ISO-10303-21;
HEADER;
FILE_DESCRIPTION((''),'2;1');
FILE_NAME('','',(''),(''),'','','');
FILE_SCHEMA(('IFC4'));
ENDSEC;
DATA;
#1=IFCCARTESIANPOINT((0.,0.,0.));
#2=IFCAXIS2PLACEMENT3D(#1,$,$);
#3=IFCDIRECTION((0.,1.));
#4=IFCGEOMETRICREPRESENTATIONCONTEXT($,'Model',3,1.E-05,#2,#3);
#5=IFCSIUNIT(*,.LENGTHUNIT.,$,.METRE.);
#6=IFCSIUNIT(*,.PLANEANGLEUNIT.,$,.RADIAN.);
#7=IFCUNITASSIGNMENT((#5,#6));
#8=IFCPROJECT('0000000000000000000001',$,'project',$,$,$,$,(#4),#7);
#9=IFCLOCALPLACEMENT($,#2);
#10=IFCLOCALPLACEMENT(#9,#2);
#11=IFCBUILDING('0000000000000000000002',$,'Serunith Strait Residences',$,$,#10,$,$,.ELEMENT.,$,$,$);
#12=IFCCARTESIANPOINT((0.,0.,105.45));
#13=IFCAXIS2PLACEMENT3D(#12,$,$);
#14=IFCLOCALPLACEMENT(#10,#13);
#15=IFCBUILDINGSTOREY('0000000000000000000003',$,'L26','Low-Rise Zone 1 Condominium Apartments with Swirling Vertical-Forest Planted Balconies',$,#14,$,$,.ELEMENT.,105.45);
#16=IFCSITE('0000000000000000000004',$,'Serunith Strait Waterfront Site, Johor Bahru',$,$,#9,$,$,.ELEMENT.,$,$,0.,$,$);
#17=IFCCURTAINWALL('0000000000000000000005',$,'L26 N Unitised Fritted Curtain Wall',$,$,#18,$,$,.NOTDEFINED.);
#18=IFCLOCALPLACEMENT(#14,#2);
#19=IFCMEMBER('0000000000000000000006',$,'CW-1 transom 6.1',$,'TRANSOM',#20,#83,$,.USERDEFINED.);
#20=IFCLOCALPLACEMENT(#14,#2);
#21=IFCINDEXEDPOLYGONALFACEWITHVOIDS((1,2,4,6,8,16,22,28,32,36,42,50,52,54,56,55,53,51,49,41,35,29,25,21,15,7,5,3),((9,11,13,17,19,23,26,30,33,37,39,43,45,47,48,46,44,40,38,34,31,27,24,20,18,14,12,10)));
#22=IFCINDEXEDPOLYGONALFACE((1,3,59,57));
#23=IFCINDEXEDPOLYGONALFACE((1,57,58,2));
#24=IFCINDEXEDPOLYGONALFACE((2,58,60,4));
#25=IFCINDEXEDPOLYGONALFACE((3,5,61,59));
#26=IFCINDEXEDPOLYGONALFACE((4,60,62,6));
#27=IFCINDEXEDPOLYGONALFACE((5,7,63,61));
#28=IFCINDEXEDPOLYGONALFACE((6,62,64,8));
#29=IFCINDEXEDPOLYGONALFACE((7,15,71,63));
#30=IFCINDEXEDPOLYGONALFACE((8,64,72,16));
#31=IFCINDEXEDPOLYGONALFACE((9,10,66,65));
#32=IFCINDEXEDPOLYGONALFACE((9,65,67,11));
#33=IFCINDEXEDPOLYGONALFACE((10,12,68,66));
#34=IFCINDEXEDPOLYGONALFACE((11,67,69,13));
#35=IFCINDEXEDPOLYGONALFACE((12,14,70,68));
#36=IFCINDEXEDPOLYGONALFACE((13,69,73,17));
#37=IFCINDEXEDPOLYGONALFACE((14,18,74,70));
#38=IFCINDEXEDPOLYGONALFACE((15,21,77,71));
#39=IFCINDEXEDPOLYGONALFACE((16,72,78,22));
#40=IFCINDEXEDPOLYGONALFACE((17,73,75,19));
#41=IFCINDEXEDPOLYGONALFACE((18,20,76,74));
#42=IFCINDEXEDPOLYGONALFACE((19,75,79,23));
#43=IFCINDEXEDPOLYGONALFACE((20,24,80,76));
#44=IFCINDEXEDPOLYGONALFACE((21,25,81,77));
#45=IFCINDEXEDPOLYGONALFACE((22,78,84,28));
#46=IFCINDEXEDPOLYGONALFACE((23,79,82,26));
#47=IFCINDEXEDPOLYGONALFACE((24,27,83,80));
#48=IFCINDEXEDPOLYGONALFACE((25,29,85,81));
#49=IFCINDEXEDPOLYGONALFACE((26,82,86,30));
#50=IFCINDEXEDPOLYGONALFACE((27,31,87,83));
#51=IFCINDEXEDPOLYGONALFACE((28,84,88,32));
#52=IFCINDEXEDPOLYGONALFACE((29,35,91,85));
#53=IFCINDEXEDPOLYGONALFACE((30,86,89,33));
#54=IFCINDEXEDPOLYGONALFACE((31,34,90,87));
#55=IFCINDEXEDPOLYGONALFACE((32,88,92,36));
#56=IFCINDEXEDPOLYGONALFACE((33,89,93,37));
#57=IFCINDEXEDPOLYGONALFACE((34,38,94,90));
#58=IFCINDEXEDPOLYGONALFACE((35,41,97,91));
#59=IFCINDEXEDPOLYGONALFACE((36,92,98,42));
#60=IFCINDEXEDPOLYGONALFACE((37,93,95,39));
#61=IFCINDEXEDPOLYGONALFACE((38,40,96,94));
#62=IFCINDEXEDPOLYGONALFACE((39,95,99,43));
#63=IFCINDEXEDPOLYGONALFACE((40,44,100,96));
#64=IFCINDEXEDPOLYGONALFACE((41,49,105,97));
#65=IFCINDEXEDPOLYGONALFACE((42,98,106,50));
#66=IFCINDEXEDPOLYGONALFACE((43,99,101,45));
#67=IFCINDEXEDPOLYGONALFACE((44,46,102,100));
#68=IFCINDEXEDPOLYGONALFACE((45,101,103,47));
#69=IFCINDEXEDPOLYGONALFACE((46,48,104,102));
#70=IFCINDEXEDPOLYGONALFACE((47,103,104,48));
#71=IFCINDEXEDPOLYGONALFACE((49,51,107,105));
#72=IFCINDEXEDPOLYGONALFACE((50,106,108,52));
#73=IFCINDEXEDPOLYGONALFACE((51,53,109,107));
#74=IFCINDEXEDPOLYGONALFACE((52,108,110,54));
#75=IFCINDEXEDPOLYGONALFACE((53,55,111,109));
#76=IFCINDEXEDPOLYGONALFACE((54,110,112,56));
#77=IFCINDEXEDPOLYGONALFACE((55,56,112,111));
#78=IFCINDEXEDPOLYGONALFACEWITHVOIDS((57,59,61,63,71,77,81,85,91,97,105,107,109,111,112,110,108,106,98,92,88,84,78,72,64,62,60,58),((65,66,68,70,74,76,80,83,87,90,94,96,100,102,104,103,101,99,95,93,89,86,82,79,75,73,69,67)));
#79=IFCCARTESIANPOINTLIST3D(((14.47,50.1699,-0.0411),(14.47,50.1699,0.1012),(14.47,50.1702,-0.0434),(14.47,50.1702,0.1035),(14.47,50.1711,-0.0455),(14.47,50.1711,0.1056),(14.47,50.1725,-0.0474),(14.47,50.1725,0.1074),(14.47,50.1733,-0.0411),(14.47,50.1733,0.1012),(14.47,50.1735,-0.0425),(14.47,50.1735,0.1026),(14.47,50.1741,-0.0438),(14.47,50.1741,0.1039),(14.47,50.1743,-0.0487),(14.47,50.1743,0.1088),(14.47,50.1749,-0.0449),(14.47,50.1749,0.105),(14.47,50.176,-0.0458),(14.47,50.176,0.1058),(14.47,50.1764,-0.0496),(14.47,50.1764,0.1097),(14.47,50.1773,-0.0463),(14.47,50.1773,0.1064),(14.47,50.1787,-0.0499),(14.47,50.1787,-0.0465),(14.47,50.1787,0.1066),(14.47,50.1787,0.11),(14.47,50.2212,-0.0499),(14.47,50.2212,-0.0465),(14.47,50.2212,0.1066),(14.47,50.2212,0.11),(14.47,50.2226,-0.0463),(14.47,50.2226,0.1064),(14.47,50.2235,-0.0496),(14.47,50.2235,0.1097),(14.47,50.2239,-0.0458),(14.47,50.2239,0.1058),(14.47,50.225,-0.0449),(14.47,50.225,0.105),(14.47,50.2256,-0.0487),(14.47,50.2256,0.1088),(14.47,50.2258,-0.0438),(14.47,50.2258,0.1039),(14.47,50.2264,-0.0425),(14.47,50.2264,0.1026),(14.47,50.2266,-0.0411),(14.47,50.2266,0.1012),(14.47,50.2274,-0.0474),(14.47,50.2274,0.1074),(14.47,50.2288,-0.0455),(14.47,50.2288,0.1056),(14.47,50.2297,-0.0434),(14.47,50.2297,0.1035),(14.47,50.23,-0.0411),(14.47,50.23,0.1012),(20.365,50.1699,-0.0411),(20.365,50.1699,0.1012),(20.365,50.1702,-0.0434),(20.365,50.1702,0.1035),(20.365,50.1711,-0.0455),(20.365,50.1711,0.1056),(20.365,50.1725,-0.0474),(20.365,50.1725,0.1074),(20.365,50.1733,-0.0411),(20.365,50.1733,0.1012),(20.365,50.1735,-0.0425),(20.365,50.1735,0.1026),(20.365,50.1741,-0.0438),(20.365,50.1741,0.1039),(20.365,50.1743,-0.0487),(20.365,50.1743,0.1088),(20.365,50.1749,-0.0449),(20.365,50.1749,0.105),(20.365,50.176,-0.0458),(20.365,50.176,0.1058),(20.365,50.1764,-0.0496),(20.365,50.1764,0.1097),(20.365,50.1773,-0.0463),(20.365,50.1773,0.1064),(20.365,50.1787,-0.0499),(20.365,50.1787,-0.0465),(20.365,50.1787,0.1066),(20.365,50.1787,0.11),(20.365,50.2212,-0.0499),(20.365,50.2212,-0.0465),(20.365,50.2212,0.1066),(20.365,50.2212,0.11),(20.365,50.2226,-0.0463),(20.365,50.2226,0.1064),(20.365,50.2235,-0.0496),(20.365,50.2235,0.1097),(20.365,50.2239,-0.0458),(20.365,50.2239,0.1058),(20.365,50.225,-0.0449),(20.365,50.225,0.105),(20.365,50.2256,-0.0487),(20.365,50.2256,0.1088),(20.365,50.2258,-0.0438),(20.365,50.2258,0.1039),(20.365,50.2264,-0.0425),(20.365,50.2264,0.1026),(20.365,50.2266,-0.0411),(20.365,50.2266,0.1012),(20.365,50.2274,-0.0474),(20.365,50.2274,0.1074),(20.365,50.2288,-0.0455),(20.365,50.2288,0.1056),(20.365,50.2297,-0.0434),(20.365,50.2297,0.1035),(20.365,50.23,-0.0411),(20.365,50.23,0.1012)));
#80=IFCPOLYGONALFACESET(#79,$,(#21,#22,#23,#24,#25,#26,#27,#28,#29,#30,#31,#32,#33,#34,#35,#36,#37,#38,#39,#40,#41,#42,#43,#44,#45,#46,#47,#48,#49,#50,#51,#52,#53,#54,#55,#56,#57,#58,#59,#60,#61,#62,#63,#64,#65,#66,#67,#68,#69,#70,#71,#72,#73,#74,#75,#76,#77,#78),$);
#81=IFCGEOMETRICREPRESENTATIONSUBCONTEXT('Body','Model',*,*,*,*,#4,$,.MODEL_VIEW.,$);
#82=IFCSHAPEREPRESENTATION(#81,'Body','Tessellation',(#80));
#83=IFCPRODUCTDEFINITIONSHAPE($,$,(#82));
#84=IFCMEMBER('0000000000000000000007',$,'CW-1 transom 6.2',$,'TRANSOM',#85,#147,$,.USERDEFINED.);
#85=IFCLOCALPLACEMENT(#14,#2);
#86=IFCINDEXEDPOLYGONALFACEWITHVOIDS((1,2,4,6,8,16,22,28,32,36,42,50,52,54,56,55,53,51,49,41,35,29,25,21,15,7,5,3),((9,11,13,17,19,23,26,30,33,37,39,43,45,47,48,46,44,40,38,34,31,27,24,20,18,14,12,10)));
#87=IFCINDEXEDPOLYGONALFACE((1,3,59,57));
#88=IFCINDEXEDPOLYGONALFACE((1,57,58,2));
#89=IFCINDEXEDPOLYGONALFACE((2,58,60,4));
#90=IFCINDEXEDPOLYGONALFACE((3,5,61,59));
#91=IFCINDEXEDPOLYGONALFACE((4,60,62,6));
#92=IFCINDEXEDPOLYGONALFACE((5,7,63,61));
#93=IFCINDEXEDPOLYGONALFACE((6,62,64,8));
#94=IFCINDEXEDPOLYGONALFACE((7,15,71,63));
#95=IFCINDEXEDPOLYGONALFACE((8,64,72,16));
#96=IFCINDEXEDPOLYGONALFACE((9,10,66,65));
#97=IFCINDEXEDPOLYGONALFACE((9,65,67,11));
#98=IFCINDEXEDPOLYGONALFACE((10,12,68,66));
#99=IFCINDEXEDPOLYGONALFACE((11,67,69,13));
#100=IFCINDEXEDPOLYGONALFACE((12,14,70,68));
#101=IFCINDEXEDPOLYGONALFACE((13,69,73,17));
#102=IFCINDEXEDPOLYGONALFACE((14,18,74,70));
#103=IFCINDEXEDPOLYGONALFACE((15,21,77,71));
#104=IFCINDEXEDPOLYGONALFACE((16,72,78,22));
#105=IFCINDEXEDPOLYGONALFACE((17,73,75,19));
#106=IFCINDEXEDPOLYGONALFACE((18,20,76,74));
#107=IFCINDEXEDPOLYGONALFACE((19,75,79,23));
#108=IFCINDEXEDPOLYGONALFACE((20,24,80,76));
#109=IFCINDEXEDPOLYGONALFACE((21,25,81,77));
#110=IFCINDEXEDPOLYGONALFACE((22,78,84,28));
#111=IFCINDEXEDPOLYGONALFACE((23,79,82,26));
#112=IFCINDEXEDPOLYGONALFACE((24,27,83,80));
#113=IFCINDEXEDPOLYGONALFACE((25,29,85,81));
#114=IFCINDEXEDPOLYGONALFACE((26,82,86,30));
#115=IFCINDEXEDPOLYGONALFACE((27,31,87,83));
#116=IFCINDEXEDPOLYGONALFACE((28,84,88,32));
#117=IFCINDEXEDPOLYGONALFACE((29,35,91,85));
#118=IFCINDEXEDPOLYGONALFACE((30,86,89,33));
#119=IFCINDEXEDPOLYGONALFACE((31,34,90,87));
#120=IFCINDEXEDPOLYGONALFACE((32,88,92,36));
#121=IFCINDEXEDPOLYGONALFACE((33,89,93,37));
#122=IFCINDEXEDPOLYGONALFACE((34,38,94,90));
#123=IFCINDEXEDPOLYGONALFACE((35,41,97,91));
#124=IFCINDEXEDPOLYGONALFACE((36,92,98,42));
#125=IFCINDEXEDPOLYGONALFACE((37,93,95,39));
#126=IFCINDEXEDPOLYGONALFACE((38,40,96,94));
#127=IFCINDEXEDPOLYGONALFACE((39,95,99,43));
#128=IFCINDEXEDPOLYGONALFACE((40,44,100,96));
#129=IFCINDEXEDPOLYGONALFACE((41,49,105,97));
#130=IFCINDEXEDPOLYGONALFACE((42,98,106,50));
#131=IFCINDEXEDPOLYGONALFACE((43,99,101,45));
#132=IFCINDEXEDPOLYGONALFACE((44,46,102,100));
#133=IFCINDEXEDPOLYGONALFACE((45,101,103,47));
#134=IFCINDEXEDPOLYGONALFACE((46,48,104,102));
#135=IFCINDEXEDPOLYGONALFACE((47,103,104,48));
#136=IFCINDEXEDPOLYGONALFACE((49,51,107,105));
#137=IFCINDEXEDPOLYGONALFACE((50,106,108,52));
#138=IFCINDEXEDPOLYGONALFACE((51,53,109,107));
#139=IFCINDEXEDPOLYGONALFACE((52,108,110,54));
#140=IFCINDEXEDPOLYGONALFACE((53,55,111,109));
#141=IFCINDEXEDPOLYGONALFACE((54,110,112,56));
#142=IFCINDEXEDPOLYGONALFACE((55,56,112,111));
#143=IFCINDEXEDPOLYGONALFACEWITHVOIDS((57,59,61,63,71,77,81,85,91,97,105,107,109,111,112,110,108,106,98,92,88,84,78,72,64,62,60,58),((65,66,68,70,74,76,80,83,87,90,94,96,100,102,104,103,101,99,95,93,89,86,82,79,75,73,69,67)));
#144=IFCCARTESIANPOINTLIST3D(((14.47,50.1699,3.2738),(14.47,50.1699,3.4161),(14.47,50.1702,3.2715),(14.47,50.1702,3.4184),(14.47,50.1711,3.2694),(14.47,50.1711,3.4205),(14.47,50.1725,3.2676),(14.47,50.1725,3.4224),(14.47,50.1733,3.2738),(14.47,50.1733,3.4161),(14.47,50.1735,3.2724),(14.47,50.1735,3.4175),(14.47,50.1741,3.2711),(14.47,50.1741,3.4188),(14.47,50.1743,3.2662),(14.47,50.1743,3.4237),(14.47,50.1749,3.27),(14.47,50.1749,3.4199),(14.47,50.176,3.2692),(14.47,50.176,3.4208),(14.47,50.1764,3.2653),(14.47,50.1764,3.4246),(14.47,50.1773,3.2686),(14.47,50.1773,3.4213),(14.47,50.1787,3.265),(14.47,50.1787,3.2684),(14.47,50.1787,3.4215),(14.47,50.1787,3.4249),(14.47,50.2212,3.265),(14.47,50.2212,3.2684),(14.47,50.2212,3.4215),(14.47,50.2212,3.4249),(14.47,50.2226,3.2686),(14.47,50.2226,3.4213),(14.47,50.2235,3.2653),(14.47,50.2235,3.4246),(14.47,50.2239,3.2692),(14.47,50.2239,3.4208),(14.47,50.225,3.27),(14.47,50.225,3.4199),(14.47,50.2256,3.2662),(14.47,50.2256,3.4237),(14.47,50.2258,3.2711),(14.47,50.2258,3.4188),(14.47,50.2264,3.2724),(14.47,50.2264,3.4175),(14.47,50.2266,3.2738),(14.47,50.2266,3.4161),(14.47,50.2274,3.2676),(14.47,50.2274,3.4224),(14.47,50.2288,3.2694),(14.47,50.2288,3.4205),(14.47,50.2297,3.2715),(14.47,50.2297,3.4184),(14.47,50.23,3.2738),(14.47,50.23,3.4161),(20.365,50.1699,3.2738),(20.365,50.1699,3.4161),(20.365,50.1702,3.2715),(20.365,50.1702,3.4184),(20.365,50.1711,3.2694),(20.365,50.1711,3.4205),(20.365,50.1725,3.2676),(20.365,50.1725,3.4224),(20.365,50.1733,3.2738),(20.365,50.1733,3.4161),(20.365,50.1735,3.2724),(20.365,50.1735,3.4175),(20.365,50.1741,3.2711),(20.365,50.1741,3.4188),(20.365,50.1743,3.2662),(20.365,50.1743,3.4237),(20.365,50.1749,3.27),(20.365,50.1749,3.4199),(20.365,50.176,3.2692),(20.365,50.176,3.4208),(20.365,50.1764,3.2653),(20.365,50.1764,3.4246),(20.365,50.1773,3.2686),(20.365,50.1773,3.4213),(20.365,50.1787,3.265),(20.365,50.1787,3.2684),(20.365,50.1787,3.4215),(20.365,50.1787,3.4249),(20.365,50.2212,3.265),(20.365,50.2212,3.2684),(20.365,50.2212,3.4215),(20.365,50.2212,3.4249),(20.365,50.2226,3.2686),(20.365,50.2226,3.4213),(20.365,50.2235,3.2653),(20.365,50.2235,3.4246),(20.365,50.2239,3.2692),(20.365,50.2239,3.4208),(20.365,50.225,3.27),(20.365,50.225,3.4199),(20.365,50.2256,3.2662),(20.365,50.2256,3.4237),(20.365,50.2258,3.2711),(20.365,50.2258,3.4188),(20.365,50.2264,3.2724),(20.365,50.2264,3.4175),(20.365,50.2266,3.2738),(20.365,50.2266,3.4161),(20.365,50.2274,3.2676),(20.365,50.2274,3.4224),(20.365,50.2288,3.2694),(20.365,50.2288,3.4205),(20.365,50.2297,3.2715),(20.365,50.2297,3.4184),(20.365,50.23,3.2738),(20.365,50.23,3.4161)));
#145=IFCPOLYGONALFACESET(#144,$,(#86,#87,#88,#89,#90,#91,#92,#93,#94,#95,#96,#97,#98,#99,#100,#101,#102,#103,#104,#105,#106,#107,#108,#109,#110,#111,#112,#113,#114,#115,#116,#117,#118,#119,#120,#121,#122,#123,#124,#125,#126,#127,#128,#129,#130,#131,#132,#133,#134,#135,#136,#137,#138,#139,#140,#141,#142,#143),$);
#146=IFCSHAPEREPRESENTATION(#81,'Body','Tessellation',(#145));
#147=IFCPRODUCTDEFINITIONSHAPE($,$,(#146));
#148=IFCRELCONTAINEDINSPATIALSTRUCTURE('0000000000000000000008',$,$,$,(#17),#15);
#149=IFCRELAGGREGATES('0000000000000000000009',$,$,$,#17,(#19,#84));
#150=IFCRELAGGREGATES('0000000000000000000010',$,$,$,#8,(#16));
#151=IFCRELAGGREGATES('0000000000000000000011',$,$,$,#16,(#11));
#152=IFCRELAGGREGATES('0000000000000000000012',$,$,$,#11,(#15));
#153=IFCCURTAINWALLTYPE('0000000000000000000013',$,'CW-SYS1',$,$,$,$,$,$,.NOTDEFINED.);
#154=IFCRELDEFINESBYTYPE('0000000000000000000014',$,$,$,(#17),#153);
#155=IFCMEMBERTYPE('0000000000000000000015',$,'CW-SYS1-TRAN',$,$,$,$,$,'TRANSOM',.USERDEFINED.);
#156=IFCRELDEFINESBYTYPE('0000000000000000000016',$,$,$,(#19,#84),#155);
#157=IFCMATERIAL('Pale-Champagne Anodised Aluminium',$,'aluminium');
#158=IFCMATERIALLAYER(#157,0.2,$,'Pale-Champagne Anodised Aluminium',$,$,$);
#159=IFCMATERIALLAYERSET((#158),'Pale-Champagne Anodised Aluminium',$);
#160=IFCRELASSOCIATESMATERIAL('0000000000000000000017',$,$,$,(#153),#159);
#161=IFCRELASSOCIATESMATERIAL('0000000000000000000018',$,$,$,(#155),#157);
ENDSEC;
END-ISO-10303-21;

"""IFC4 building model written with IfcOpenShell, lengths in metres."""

from ifc_helpers import new_model, si_unit, direction, frame, origin, origin_2d, place, context, subcontext, project, spatial, hollow_rectangle, extrude, source, transform, mapped, material, layer, layer_set, material_profile, profile_set, type_object, element, aggregate, save


model = new_model("IFC4")

# Units and contexts
model_context = context("Model", 3, precision=1e-05, world=origin(), true_north=direction((0.0, 1.0)))
body_context = subcontext(model_context, "Body", "Model", "MODEL_VIEW")
ifc_project = project(units=[si_unit("LENGTHUNIT", "METRE"), si_unit("PLANEANGLEUNIT", "RADIAN")], contexts=[model_context])

# Site, building, storey
site_placement = place(None, origin())
site = spatial("IfcSite", under=ifc_project, at=site_placement, Name="Serunith Strait Waterfront Site, Johor Bahru", CompositionType="ELEMENT", RefElevation=0.0)
building_placement = place(site_placement, origin())
building = spatial("IfcBuilding", under=site, at=building_placement, Name="Serunith Strait Residences", CompositionType="ELEMENT")
storey_placement = place(building_placement, frame((0.0, 0.0, 105.45)))
storey = spatial("IfcBuildingStorey", under=building, at=storey_placement, Name="L26", Description="Low-Rise Zone 1 Condominium Apartments with Swirling Vertical-Forest Planted Balconies", CompositionType="ELEMENT", Elevation=105.45)

# Curtain wall, members
ifc_material_1 = material(Name="Pale-Champagne Anodised Aluminium", Category="aluminium")
ifc_layer_1 = layer(ifc_material_1, 0.2, Name="Pale-Champagne Anodised Aluminium")
ifc_layer_set_1 = layer_set([ifc_layer_1], Name="Pale-Champagne Anodised Aluminium")
curtain_wall_type = type_object("IfcCurtainWallType", Name="CW-SYS1", PredefinedType="NOTDEFINED", material=ifc_layer_set_1)
curtain_wall_1_placement = place(storey_placement, origin())
curtain_wall_1 = element("IfcCurtainWall", 1, at=curtain_wall_1_placement, inside=storey, type_object=curtain_wall_type, Name="L26 N Unitised Fritted Curtain Wall", PredefinedType="NOTDEFINED")
ifc_material_profile_1 = material_profile(ifc_material_1, hollow_rectangle(XDim=0.0601, YDim=0.1599, WallThickness=0.0034, InnerFilletRadius=0.0054, OuterFilletRadius=0.0088, at=origin_2d()), Name="ALU 160x60x3.5")
ifc_profile_set_1 = profile_set([ifc_material_profile_1], Name="Pale-Champagne Anodised Aluminium")
member_type_1 = type_object("IfcMemberType", Name="CW-SYS1-TRAN", ElementType="TRANSOM", PredefinedType="USERDEFINED", material=ifc_profile_set_1)
shared_shape_1 = source(origin(), body_context, "Body", "SweptSolid", [
    extrude(hollow_rectangle(XDim=0.0601, YDim=0.1599, WallThickness=0.0034, InnerFilletRadius=0.0054, OuterFilletRadius=0.0088, at=origin_2d()), origin(), (0.0, 0.0, 1.0), 5.895),
])
member_1_placement = place(storey_placement, frame((20.365, 50.2, 0.03), z_axis=(-1.0, 0.0, 0.0), x_axis=(0.0, -1.0, 0.0)))
member_1 = element("IfcMember", 2, at=member_1_placement, type_object=member_type_1, Name="CW-1 transom 6.1", ObjectType="TRANSOM", PredefinedType="USERDEFINED", context=body_context, shape_type="MappedRepresentation", body=[
    mapped(shared_shape_1, transform((0.0, 0.0, 0.0), scale=1.0)),
])
member_2_placement = place(storey_placement, frame((20.365, 50.2, 3.345), z_axis=(-1.0, 0.0, 0.0), x_axis=(0.0, -1.0, 0.0)))
member_2 = element("IfcMember", 3, at=member_2_placement, type_object=member_type_1, Name="CW-1 transom 6.2", ObjectType="TRANSOM", PredefinedType="USERDEFINED", context=body_context, shape_type="MappedRepresentation", body=[
    mapped(shared_shape_1, transform((0.0, 0.0, 0.0), scale=1.0)),
])

aggregate(curtain_wall_1, [member_1, member_2])

save(model, "model.ifc")
